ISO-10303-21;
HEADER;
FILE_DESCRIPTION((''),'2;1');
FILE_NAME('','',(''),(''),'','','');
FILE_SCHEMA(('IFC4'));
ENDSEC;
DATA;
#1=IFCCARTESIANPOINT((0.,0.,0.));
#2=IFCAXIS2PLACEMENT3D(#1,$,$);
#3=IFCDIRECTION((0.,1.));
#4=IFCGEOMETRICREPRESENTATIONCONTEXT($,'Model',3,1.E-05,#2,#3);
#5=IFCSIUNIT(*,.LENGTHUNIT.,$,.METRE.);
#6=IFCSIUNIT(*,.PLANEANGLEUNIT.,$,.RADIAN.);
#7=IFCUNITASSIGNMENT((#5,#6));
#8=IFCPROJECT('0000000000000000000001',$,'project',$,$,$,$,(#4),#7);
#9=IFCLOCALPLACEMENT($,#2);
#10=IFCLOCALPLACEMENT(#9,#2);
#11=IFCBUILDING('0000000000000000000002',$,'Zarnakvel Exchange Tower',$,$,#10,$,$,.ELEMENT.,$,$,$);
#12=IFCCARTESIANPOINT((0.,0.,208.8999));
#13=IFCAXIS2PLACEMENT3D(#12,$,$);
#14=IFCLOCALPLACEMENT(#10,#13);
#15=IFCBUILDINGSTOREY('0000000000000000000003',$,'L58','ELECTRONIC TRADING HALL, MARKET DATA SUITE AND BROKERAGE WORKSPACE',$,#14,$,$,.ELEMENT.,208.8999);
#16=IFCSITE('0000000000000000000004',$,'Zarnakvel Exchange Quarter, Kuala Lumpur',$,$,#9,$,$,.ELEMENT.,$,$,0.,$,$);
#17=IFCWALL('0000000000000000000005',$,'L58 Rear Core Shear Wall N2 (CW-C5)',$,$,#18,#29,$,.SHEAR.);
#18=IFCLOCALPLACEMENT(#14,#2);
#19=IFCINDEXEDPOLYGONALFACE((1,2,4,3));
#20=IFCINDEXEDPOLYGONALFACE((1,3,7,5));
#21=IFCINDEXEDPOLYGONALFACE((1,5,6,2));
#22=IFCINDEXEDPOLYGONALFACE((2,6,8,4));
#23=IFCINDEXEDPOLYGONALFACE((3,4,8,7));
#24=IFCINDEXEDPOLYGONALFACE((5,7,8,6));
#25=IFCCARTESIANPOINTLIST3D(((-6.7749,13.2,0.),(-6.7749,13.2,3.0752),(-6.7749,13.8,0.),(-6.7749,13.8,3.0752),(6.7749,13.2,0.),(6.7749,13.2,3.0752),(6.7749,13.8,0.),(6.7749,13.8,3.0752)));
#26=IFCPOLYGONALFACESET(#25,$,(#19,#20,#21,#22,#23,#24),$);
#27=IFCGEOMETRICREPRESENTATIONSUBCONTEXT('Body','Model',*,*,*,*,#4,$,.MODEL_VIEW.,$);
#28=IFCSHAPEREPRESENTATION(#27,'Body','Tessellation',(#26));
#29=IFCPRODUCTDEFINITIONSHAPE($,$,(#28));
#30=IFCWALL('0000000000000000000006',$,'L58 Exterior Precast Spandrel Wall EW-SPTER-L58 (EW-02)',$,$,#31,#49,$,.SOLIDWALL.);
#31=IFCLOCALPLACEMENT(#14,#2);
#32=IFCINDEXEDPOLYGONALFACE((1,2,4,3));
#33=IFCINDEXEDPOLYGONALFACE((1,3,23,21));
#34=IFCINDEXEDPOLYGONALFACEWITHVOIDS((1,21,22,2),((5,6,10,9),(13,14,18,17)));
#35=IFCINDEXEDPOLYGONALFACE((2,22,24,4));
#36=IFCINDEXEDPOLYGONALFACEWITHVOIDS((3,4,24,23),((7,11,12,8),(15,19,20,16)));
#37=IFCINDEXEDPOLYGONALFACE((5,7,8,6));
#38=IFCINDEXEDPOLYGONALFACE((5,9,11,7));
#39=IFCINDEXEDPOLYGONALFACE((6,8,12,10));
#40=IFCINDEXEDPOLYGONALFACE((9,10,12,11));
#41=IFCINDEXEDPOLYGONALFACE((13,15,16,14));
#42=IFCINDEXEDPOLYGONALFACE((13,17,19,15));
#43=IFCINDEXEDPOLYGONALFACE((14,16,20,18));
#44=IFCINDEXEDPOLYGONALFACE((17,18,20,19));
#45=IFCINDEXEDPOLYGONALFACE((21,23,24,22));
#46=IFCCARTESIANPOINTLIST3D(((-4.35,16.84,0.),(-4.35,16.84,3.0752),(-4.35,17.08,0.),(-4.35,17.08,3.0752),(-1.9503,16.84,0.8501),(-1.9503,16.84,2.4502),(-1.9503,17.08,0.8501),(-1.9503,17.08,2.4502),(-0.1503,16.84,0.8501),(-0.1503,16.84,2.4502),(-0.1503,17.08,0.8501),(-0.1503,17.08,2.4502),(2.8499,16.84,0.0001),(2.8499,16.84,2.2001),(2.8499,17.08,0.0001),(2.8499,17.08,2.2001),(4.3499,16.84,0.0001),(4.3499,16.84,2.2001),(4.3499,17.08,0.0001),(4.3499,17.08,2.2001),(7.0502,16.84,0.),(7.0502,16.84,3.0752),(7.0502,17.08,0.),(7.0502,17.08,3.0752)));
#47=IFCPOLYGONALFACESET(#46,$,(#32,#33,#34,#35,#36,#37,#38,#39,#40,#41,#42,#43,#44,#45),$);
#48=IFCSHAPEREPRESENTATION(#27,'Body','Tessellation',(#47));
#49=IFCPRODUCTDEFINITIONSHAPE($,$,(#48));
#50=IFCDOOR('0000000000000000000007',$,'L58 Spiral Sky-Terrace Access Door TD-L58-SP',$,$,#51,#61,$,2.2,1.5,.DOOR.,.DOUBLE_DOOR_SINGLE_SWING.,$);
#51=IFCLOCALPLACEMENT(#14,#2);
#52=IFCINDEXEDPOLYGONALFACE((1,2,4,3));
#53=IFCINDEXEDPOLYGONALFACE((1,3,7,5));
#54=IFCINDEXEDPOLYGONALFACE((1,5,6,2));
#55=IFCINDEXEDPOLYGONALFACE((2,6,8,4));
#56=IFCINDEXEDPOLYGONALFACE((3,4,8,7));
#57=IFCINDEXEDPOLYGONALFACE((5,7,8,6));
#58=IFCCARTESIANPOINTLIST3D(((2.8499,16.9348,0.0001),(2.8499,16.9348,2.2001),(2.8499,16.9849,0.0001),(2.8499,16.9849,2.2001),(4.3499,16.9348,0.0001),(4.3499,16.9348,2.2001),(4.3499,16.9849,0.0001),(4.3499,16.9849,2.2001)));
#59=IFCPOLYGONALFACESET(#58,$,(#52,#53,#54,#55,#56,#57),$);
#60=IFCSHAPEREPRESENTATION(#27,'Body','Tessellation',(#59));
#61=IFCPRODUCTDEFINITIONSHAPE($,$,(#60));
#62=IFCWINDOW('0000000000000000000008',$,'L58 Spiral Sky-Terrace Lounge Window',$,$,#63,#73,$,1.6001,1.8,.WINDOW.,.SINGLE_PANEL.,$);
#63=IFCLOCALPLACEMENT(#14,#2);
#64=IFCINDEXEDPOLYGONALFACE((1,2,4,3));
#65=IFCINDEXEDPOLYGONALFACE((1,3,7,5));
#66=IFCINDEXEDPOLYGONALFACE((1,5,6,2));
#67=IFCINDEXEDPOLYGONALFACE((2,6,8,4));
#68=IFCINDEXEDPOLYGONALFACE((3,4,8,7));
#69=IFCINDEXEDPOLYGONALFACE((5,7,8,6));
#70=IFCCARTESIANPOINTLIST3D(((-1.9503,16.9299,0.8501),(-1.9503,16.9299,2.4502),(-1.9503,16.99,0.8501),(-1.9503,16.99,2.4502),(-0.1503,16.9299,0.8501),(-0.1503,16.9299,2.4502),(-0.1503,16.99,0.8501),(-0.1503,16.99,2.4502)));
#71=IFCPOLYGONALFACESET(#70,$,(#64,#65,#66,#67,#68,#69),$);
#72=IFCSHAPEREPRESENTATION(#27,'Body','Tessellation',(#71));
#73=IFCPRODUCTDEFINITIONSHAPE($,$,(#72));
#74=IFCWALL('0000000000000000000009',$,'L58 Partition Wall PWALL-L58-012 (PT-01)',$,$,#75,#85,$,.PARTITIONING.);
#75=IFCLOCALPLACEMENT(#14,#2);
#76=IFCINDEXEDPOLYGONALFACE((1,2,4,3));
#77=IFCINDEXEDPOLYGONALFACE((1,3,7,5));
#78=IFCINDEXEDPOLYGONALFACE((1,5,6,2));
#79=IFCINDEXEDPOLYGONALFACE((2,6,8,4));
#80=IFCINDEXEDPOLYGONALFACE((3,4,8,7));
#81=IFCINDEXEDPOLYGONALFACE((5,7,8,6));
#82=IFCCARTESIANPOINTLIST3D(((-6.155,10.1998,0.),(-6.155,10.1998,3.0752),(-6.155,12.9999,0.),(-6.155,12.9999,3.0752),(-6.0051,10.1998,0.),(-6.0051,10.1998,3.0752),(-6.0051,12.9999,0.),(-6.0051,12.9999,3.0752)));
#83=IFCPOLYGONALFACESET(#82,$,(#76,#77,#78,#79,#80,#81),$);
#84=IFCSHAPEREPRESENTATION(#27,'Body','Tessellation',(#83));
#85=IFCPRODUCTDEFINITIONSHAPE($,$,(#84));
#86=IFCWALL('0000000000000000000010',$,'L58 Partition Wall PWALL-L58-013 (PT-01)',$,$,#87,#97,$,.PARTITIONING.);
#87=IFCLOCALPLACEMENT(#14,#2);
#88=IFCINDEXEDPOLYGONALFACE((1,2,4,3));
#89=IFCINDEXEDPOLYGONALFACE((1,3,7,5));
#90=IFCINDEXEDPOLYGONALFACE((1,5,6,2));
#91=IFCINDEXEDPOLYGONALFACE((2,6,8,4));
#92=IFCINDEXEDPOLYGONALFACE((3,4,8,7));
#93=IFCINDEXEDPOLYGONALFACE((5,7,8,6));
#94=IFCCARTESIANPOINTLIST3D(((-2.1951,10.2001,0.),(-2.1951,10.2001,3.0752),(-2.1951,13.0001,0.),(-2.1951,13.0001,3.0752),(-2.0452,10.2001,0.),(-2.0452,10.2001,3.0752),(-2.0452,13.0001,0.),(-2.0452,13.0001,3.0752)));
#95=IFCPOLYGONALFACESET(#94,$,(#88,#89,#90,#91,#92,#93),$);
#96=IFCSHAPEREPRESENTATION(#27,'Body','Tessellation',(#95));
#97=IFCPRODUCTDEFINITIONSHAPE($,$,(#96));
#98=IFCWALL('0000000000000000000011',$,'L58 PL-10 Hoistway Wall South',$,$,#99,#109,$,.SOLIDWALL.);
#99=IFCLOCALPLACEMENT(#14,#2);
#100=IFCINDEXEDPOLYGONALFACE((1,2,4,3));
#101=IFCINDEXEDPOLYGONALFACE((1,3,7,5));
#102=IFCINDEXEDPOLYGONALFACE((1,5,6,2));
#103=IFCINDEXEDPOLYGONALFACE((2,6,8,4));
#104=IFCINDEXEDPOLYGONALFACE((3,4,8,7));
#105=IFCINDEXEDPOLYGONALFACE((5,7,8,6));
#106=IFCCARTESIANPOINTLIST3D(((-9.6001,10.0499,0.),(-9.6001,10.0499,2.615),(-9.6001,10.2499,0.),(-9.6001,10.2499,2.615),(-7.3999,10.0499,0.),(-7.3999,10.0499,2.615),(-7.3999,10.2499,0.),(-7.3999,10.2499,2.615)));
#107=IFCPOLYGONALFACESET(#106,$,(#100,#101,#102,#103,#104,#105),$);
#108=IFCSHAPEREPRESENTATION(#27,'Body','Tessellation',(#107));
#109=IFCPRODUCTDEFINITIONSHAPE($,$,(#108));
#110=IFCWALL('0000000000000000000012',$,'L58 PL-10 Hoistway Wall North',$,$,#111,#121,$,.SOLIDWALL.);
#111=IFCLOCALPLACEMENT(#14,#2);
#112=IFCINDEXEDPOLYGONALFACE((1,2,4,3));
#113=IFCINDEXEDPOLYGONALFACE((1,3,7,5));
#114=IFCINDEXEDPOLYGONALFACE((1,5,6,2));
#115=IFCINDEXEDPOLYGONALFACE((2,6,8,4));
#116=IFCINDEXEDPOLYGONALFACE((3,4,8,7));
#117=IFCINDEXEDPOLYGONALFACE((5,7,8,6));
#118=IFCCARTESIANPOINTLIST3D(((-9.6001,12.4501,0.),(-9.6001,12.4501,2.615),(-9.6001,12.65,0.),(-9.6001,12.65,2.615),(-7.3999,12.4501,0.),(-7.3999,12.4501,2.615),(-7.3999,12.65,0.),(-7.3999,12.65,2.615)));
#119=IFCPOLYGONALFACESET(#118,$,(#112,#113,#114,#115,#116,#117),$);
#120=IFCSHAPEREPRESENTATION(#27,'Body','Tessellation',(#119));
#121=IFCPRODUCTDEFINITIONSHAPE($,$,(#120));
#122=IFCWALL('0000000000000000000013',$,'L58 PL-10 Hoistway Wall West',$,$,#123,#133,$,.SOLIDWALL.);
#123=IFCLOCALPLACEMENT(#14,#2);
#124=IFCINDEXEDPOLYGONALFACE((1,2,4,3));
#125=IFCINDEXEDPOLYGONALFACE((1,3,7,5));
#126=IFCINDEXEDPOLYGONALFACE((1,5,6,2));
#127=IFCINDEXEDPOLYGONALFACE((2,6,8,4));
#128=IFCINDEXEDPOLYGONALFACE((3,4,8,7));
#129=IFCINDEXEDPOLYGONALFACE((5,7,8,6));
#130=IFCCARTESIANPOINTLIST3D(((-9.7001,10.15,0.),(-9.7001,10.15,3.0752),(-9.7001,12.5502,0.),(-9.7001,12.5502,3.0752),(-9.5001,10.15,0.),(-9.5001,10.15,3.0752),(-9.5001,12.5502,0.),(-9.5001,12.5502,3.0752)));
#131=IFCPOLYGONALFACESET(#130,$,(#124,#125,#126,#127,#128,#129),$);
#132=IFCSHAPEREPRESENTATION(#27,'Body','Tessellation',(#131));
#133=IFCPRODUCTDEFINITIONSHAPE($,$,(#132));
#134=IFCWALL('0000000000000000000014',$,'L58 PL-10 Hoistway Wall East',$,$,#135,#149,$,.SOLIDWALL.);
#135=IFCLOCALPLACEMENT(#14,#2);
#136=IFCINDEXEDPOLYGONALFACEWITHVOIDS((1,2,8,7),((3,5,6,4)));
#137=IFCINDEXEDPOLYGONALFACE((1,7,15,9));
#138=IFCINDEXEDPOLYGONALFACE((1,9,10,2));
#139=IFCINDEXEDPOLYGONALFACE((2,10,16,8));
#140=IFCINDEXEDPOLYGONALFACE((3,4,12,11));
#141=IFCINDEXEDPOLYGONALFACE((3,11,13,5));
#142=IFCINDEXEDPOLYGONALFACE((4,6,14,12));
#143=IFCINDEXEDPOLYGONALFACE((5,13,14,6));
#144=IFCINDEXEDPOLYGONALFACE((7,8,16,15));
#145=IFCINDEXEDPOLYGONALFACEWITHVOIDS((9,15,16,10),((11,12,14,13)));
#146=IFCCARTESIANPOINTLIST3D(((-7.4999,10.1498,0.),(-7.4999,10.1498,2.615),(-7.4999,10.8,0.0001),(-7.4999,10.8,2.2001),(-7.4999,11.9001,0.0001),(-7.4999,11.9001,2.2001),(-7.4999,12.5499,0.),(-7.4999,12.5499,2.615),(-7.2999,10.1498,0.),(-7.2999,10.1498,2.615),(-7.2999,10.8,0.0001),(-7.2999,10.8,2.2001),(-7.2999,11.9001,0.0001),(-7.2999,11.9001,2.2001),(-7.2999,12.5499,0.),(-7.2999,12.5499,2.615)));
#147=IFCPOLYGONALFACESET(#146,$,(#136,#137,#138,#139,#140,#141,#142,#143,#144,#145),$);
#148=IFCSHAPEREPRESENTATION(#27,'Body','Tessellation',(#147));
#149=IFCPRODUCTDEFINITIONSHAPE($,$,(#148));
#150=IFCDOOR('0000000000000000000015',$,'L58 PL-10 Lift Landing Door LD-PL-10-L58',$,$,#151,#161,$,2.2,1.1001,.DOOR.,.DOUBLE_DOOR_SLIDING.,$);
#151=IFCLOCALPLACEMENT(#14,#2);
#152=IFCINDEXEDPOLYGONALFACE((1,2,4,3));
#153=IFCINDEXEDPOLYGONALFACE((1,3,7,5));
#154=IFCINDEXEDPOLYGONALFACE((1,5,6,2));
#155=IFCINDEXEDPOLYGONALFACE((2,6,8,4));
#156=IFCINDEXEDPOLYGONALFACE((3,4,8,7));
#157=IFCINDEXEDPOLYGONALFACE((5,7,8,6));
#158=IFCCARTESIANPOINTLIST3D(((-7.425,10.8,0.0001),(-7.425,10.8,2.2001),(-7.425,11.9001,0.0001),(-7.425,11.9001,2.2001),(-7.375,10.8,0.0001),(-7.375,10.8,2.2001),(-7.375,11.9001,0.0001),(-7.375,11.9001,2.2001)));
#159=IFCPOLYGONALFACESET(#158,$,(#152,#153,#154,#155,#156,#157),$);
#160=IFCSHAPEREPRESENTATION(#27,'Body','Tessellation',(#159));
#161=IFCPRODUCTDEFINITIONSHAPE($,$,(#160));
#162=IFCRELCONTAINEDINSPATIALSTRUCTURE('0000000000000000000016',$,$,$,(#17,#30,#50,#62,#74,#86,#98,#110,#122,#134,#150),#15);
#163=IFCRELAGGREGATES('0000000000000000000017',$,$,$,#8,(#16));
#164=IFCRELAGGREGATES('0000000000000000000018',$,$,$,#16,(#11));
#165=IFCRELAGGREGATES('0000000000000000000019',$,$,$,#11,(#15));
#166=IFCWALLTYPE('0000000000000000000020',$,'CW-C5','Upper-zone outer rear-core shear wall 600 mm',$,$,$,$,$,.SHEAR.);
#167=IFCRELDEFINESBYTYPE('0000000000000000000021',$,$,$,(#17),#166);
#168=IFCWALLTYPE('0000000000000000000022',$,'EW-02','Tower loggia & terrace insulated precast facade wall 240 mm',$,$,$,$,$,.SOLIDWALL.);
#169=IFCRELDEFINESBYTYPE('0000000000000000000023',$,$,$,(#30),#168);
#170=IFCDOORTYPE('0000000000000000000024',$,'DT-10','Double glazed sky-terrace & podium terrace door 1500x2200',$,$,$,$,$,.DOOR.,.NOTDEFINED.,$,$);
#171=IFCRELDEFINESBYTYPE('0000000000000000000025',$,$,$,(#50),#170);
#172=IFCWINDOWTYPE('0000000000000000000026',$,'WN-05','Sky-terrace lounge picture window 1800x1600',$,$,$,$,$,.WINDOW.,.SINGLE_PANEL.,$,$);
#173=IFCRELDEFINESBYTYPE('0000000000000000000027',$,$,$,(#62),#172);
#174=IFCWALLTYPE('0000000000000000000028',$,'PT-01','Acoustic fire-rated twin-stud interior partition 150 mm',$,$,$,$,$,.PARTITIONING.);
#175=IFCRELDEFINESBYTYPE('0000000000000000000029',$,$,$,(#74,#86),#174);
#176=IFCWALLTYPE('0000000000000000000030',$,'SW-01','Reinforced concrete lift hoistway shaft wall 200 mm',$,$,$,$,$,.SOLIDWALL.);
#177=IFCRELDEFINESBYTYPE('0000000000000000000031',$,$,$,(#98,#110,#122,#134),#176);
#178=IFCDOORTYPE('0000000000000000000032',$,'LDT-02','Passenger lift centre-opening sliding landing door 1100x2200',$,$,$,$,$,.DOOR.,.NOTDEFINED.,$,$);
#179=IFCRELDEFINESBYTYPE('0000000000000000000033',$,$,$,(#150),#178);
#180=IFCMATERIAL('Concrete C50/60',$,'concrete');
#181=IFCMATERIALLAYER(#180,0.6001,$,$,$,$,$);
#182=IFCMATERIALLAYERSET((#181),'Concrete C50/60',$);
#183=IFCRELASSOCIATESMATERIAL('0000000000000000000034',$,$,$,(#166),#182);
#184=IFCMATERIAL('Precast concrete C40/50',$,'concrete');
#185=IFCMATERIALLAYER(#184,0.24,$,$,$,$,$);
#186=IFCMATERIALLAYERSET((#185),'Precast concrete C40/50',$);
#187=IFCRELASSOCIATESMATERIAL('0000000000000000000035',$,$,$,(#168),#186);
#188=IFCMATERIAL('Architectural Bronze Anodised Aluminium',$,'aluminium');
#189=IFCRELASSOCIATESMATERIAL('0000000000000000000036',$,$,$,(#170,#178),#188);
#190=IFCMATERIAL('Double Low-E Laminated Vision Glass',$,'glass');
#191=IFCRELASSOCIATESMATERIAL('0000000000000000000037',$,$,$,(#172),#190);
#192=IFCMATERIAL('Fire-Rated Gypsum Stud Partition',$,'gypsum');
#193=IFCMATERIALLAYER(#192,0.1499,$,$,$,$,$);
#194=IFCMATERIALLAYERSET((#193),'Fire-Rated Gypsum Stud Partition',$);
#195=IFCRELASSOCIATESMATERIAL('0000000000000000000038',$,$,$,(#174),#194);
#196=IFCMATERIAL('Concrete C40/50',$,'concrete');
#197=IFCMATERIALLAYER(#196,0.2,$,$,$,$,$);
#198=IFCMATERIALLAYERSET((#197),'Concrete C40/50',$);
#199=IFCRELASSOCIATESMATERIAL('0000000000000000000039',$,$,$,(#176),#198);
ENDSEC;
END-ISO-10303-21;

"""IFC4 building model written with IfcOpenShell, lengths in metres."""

from ifc_helpers import new_model, si_unit, direction, frame, frame_2d, origin, place, context, subcontext, project, spatial, rectangle, extrude, source, transform, mapped, material, layer, layer_set, type_object, element, fill, save


model = new_model("IFC4")

# Units and contexts
model_context = context("Model", 3, precision=1e-05, world=origin(), true_north=direction((0.0, 1.0)))
body_context = subcontext(model_context, "Body", "Model", "MODEL_VIEW")
ifc_project = project(units=[si_unit("LENGTHUNIT", "METRE"), si_unit("PLANEANGLEUNIT", "RADIAN")], contexts=[model_context])

# Site, building, storey
site_placement = place(None, origin())
site = spatial("IfcSite", under=ifc_project, at=site_placement, Name="Zarnakvel Exchange Quarter, Kuala Lumpur", CompositionType="ELEMENT", RefElevation=0.0)
building_placement = place(site_placement, origin())
building = spatial("IfcBuilding", under=site, at=building_placement, Name="Zarnakvel Exchange Tower", CompositionType="ELEMENT")
storey_placement = place(building_placement, frame((0.0, 0.0, 208.8999)))
storey = spatial("IfcBuildingStorey", under=building, at=storey_placement, Name="L58", Description="ELECTRONIC TRADING HALL, MARKET DATA SUITE AND BROKERAGE WORKSPACE", CompositionType="ELEMENT", Elevation=208.8999)

# Shared definitions
ifc_material_1 = material(Name="Concrete C50/60", Category="concrete")

# Shared definitions
ifc_material_2 = material(Name="Architectural Bronze Anodised Aluminium", Category="aluminium")
ifc_material_3 = material(Name="Double Low-E Laminated Vision Glass", Category="glass")

# Wall
ifc_layer_1 = layer(ifc_material_1, 0.6001)
ifc_layer_set_1 = layer_set([ifc_layer_1], Name="Concrete C50/60")
wall_type_1 = type_object("IfcWallType", Name="CW-C5", Description="Upper-zone outer rear-core shear wall 600 mm", PredefinedType="SHEAR", material=ifc_layer_set_1)
wall_1_placement = place(storey_placement, frame((-6.7749, 13.5, 0.0), z_axis=(0.0, 0.0, 1.0), x_axis=(1.0, 0.0, 0.0)))
element("IfcWall", 1, at=wall_1_placement, inside=storey, type_object=wall_type_1, Name="L58 Rear Core Shear Wall N2 (CW-C5)", PredefinedType="SHEAR", context=body_context, shape_type="SweptSolid", body=[
    extrude(rectangle(XDim=13.5498, YDim=0.6001, at=frame_2d((6.7749, 0.0))), origin(), (0.0, 0.0, 1.0), 3.0752),
])

# Wall, openings, door, window
ifc_material_4 = material(Name="Precast concrete C40/50", Category="concrete")
ifc_layer_2 = layer(ifc_material_4, 0.24)
ifc_layer_set_2 = layer_set([ifc_layer_2], Name="Precast concrete C40/50")
wall_type_2 = type_object("IfcWallType", Name="EW-02", Description="Tower loggia & terrace insulated precast facade wall 240 mm", PredefinedType="SOLIDWALL", material=ifc_layer_set_2)
wall_2_placement = place(storey_placement, frame((-4.3501, 16.96, 0.0), z_axis=(0.0, 0.0, 1.0), x_axis=(1.0, 0.0, 0.0)))
wall_2 = element("IfcWall", 2, at=wall_2_placement, inside=storey, type_object=wall_type_2, Name="L58 Exterior Precast Spandrel Wall EW-SPTER-L58 (EW-02)", PredefinedType="SOLIDWALL", context=body_context, shape_type="SweptSolid", body=[
    extrude(rectangle(XDim=11.4001, YDim=0.24, at=frame_2d((5.7002, 0.0))), origin(), (0.0, 0.0, 1.0), 3.0752),
])
opening_1_placement = place(wall_2_placement, frame((7.2, 0.0, 0.0)))
opening_1 = element("IfcOpeningElement", 3, at=opening_1_placement, cuts=wall_2, PredefinedType="OPENING", context=body_context, shape_type="SweptSolid", body=[
    extrude(rectangle(XDim=1.5, YDim=2.2, at=frame_2d((0.75, 1.1001))), frame((0.0, 0.1299, 0.0), z_axis=(0.0, -1.0, 0.0), x_axis=(1.0, 0.0, 0.0)), (0.0, 0.0, 1.0), 0.26),
])
opening_2_placement = place(wall_2_placement, frame((2.3999, 0.0, 0.8501)))
opening_2 = element("IfcOpeningElement", 4, at=opening_2_placement, cuts=wall_2, PredefinedType="OPENING", context=body_context, shape_type="SweptSolid", body=[
    extrude(rectangle(XDim=1.8, YDim=1.6001, at=frame_2d((0.8999, 0.8))), frame((0.0, 0.1299, 0.0), z_axis=(0.0, -1.0, 0.0), x_axis=(1.0, 0.0, 0.0)), (0.0, 0.0, 1.0), 0.26),
])
door_type_1 = type_object("IfcDoorType", Name="DT-10", Description="Double glazed sky-terrace & podium terrace door 1500x2200", OperationType="NOTDEFINED", PredefinedType="DOOR", material=ifc_material_2)
shared_shape_1 = source(origin(), body_context, "Body", "SweptSolid", [
    extrude(rectangle(XDim=1.5, YDim=2.2, at=frame_2d((0.75, 1.1001))), frame((0.0, 0.0249, 0.0), z_axis=(0.0, -1.0, 0.0), x_axis=(1.0, 0.0, 0.0)), (0.0, 0.0, 1.0), 0.05),
])
door_1_placement = place(opening_1_placement, origin())
door_1 = element("IfcDoor", 5, at=door_1_placement, inside=storey, type_object=door_type_1, Name="L58 Spiral Sky-Terrace Access Door TD-L58-SP", OperationType="DOUBLE_DOOR_SINGLE_SWING", OverallHeight=2.2, OverallWidth=1.5, PredefinedType="DOOR", context=body_context, shape_type="MappedRepresentation", body=[
    mapped(shared_shape_1, transform((0.0, 0.0, 0.0), x_axis=(1.0, 0.0, 0.0), y_axis=(0.0, 1.0, 0.0), z_axis=(0.0, 0.0, 1.0), scale=1.0)),
])
fill(opening_1, door_1)
window_type = type_object("IfcWindowType", Name="WN-05", Description="Sky-terrace lounge picture window 1800x1600", PartitioningType="SINGLE_PANEL", PredefinedType="WINDOW", material=ifc_material_3)
shared_shape_2 = source(origin(), body_context, "Body", "SweptSolid", [
    extrude(rectangle(XDim=1.8, YDim=1.6001, at=frame_2d((0.8999, 0.8))), frame((0.0, 0.03, 0.0), z_axis=(0.0, -1.0, 0.0), x_axis=(1.0, 0.0, 0.0)), (0.0, 0.0, 1.0), 0.0601),
])
window_placement = place(opening_2_placement, origin())
window = element("IfcWindow", 6, at=window_placement, inside=storey, type_object=window_type, Name="L58 Spiral Sky-Terrace Lounge Window", OverallHeight=1.6001, OverallWidth=1.8, PartitioningType="SINGLE_PANEL", PredefinedType="WINDOW", context=body_context, shape_type="MappedRepresentation", body=[
    mapped(shared_shape_2, transform((0.0, 0.0, 0.0), x_axis=(1.0, 0.0, 0.0), y_axis=(0.0, 1.0, 0.0), z_axis=(0.0, 0.0, 1.0), scale=1.0)),
])
fill(opening_2, window)

# Shared definitions
ifc_material_5 = material(Name="Fire-Rated Gypsum Stud Partition", Category="gypsum")
ifc_layer_3 = layer(ifc_material_5, 0.1499)
ifc_layer_set_3 = layer_set([ifc_layer_3], Name="Fire-Rated Gypsum Stud Partition")
wall_type_3 = type_object("IfcWallType", Name="PT-01", Description="Acoustic fire-rated twin-stud interior partition 150 mm", PredefinedType="PARTITIONING", material=ifc_layer_set_3)

# Walls
for number, where, z_axis, x_axis, name in (
    (7, (-6.0801, 10.2, 0.0), (0.0, 0.0, 1.0), (0.0, 1.0, 0.0), "L58 Partition Wall PWALL-L58-012 (PT-01)"),
    (8, (-2.1201, 13.0, 0.0), (0.0, 0.0, 1.0), (0.0, -1.0, 0.0), "L58 Partition Wall PWALL-L58-013 (PT-01)"),
):
    element("IfcWall", number, at=place(storey_placement, frame(where, z_axis=z_axis, x_axis=x_axis)), inside=storey, type_object=wall_type_3, Name=name, PredefinedType="PARTITIONING", context=body_context, shape_type="SweptSolid", body=[
        extrude(rectangle(XDim=2.8, YDim=0.1499, at=frame_2d((1.3999, 0.0))), origin(), (0.0, 0.0, 1.0), 3.0752),
    ])
ifc_material_6 = material(Name="Concrete C40/50", Category="concrete")
ifc_layer_4 = layer(ifc_material_6, 0.2)
ifc_layer_set_4 = layer_set([ifc_layer_4], Name="Concrete C40/50")
wall_type_4 = type_object("IfcWallType", Name="SW-01", Description="Reinforced concrete lift hoistway shaft wall 200 mm", PredefinedType="SOLIDWALL", material=ifc_layer_set_4)
for number, where, z_axis, x_axis, name in (
    (9, (-7.3999, 10.1499, 0.0), (0.0, 0.0, 1.0), (-1.0, 0.0, 0.0), "L58 PL-10 Hoistway Wall South"),
    (10, (-9.6001, 12.55, 0.0), (0.0, 0.0, 1.0), (1.0, 0.0, 0.0), "L58 PL-10 Hoistway Wall North"),
):
    element("IfcWall", number, at=place(storey_placement, frame(where, z_axis=z_axis, x_axis=x_axis)), inside=storey, type_object=wall_type_4, Name=name, PredefinedType="SOLIDWALL", context=body_context, shape_type="SweptSolid", body=[
        extrude(rectangle(XDim=2.2002, YDim=0.2, at=frame_2d((1.1001, 0.0))), origin(), (0.0, 0.0, 1.0), 2.615),
    ])
wall_3_placement = place(storey_placement, frame((-9.6001, 10.1499, 0.0), z_axis=(0.0, 0.0, 1.0), x_axis=(0.0, 1.0, 0.0)))
element("IfcWall", 11, at=wall_3_placement, inside=storey, type_object=wall_type_4, Name="L58 PL-10 Hoistway Wall West", PredefinedType="SOLIDWALL", context=body_context, shape_type="SweptSolid", body=[
    extrude(rectangle(XDim=2.4001, YDim=0.2, at=frame_2d((1.2002, 0.0))), origin(), (0.0, 0.0, 1.0), 3.0752),
])

# Wall, opening, door
wall_4_placement = place(storey_placement, frame((-7.3999, 12.55, 0.0), z_axis=(0.0, 0.0, 1.0), x_axis=(0.0, -1.0, 0.0)))
wall_4 = element("IfcWall", 12, at=wall_4_placement, inside=storey, type_object=wall_type_4, Name="L58 PL-10 Hoistway Wall East", PredefinedType="SOLIDWALL", context=body_context, shape_type="SweptSolid", body=[
    extrude(rectangle(XDim=2.4001, YDim=0.2, at=frame_2d((1.2002, 0.0))), origin(), (0.0, 0.0, 1.0), 2.615),
])
opening_3_placement = place(wall_4_placement, frame((0.6499, 0.0, 0.0)))
opening_3 = element("IfcOpeningElement", 13, at=opening_3_placement, cuts=wall_4, PredefinedType="OPENING", context=body_context, shape_type="SweptSolid", body=[
    extrude(rectangle(XDim=1.1001, YDim=2.2, at=frame_2d((0.55, 1.1001))), frame((0.0, 0.1099, 0.0), z_axis=(0.0, -1.0, 0.0), x_axis=(1.0, 0.0, 0.0)), (0.0, 0.0, 1.0), 0.22),
])
door_type_2 = type_object("IfcDoorType", Name="LDT-02", Description="Passenger lift centre-opening sliding landing door 1100x2200", OperationType="NOTDEFINED", PredefinedType="DOOR", material=ifc_material_2)
shared_shape_3 = source(origin(), body_context, "Body", "SweptSolid", [
    extrude(rectangle(XDim=1.1001, YDim=2.2, at=frame_2d((0.55, 1.1001))), frame((0.0, 0.0249, 0.0), z_axis=(0.0, -1.0, 0.0), x_axis=(1.0, 0.0, 0.0)), (0.0, 0.0, 1.0), 0.05),
])
door_2_placement = place(opening_3_placement, origin())
door_2 = element("IfcDoor", 14, at=door_2_placement, inside=storey, type_object=door_type_2, Name="L58 PL-10 Lift Landing Door LD-PL-10-L58", OperationType="DOUBLE_DOOR_SLIDING", OverallHeight=2.2, OverallWidth=1.1001, PredefinedType="DOOR", context=body_context, shape_type="MappedRepresentation", body=[
    mapped(shared_shape_3, transform((0.0, 0.0, 0.0), x_axis=(1.0, 0.0, 0.0), y_axis=(0.0, 1.0, 0.0), z_axis=(0.0, 0.0, 1.0), scale=1.0)),
])
fill(opening_3, door_2)

save(model, "model.ifc")
